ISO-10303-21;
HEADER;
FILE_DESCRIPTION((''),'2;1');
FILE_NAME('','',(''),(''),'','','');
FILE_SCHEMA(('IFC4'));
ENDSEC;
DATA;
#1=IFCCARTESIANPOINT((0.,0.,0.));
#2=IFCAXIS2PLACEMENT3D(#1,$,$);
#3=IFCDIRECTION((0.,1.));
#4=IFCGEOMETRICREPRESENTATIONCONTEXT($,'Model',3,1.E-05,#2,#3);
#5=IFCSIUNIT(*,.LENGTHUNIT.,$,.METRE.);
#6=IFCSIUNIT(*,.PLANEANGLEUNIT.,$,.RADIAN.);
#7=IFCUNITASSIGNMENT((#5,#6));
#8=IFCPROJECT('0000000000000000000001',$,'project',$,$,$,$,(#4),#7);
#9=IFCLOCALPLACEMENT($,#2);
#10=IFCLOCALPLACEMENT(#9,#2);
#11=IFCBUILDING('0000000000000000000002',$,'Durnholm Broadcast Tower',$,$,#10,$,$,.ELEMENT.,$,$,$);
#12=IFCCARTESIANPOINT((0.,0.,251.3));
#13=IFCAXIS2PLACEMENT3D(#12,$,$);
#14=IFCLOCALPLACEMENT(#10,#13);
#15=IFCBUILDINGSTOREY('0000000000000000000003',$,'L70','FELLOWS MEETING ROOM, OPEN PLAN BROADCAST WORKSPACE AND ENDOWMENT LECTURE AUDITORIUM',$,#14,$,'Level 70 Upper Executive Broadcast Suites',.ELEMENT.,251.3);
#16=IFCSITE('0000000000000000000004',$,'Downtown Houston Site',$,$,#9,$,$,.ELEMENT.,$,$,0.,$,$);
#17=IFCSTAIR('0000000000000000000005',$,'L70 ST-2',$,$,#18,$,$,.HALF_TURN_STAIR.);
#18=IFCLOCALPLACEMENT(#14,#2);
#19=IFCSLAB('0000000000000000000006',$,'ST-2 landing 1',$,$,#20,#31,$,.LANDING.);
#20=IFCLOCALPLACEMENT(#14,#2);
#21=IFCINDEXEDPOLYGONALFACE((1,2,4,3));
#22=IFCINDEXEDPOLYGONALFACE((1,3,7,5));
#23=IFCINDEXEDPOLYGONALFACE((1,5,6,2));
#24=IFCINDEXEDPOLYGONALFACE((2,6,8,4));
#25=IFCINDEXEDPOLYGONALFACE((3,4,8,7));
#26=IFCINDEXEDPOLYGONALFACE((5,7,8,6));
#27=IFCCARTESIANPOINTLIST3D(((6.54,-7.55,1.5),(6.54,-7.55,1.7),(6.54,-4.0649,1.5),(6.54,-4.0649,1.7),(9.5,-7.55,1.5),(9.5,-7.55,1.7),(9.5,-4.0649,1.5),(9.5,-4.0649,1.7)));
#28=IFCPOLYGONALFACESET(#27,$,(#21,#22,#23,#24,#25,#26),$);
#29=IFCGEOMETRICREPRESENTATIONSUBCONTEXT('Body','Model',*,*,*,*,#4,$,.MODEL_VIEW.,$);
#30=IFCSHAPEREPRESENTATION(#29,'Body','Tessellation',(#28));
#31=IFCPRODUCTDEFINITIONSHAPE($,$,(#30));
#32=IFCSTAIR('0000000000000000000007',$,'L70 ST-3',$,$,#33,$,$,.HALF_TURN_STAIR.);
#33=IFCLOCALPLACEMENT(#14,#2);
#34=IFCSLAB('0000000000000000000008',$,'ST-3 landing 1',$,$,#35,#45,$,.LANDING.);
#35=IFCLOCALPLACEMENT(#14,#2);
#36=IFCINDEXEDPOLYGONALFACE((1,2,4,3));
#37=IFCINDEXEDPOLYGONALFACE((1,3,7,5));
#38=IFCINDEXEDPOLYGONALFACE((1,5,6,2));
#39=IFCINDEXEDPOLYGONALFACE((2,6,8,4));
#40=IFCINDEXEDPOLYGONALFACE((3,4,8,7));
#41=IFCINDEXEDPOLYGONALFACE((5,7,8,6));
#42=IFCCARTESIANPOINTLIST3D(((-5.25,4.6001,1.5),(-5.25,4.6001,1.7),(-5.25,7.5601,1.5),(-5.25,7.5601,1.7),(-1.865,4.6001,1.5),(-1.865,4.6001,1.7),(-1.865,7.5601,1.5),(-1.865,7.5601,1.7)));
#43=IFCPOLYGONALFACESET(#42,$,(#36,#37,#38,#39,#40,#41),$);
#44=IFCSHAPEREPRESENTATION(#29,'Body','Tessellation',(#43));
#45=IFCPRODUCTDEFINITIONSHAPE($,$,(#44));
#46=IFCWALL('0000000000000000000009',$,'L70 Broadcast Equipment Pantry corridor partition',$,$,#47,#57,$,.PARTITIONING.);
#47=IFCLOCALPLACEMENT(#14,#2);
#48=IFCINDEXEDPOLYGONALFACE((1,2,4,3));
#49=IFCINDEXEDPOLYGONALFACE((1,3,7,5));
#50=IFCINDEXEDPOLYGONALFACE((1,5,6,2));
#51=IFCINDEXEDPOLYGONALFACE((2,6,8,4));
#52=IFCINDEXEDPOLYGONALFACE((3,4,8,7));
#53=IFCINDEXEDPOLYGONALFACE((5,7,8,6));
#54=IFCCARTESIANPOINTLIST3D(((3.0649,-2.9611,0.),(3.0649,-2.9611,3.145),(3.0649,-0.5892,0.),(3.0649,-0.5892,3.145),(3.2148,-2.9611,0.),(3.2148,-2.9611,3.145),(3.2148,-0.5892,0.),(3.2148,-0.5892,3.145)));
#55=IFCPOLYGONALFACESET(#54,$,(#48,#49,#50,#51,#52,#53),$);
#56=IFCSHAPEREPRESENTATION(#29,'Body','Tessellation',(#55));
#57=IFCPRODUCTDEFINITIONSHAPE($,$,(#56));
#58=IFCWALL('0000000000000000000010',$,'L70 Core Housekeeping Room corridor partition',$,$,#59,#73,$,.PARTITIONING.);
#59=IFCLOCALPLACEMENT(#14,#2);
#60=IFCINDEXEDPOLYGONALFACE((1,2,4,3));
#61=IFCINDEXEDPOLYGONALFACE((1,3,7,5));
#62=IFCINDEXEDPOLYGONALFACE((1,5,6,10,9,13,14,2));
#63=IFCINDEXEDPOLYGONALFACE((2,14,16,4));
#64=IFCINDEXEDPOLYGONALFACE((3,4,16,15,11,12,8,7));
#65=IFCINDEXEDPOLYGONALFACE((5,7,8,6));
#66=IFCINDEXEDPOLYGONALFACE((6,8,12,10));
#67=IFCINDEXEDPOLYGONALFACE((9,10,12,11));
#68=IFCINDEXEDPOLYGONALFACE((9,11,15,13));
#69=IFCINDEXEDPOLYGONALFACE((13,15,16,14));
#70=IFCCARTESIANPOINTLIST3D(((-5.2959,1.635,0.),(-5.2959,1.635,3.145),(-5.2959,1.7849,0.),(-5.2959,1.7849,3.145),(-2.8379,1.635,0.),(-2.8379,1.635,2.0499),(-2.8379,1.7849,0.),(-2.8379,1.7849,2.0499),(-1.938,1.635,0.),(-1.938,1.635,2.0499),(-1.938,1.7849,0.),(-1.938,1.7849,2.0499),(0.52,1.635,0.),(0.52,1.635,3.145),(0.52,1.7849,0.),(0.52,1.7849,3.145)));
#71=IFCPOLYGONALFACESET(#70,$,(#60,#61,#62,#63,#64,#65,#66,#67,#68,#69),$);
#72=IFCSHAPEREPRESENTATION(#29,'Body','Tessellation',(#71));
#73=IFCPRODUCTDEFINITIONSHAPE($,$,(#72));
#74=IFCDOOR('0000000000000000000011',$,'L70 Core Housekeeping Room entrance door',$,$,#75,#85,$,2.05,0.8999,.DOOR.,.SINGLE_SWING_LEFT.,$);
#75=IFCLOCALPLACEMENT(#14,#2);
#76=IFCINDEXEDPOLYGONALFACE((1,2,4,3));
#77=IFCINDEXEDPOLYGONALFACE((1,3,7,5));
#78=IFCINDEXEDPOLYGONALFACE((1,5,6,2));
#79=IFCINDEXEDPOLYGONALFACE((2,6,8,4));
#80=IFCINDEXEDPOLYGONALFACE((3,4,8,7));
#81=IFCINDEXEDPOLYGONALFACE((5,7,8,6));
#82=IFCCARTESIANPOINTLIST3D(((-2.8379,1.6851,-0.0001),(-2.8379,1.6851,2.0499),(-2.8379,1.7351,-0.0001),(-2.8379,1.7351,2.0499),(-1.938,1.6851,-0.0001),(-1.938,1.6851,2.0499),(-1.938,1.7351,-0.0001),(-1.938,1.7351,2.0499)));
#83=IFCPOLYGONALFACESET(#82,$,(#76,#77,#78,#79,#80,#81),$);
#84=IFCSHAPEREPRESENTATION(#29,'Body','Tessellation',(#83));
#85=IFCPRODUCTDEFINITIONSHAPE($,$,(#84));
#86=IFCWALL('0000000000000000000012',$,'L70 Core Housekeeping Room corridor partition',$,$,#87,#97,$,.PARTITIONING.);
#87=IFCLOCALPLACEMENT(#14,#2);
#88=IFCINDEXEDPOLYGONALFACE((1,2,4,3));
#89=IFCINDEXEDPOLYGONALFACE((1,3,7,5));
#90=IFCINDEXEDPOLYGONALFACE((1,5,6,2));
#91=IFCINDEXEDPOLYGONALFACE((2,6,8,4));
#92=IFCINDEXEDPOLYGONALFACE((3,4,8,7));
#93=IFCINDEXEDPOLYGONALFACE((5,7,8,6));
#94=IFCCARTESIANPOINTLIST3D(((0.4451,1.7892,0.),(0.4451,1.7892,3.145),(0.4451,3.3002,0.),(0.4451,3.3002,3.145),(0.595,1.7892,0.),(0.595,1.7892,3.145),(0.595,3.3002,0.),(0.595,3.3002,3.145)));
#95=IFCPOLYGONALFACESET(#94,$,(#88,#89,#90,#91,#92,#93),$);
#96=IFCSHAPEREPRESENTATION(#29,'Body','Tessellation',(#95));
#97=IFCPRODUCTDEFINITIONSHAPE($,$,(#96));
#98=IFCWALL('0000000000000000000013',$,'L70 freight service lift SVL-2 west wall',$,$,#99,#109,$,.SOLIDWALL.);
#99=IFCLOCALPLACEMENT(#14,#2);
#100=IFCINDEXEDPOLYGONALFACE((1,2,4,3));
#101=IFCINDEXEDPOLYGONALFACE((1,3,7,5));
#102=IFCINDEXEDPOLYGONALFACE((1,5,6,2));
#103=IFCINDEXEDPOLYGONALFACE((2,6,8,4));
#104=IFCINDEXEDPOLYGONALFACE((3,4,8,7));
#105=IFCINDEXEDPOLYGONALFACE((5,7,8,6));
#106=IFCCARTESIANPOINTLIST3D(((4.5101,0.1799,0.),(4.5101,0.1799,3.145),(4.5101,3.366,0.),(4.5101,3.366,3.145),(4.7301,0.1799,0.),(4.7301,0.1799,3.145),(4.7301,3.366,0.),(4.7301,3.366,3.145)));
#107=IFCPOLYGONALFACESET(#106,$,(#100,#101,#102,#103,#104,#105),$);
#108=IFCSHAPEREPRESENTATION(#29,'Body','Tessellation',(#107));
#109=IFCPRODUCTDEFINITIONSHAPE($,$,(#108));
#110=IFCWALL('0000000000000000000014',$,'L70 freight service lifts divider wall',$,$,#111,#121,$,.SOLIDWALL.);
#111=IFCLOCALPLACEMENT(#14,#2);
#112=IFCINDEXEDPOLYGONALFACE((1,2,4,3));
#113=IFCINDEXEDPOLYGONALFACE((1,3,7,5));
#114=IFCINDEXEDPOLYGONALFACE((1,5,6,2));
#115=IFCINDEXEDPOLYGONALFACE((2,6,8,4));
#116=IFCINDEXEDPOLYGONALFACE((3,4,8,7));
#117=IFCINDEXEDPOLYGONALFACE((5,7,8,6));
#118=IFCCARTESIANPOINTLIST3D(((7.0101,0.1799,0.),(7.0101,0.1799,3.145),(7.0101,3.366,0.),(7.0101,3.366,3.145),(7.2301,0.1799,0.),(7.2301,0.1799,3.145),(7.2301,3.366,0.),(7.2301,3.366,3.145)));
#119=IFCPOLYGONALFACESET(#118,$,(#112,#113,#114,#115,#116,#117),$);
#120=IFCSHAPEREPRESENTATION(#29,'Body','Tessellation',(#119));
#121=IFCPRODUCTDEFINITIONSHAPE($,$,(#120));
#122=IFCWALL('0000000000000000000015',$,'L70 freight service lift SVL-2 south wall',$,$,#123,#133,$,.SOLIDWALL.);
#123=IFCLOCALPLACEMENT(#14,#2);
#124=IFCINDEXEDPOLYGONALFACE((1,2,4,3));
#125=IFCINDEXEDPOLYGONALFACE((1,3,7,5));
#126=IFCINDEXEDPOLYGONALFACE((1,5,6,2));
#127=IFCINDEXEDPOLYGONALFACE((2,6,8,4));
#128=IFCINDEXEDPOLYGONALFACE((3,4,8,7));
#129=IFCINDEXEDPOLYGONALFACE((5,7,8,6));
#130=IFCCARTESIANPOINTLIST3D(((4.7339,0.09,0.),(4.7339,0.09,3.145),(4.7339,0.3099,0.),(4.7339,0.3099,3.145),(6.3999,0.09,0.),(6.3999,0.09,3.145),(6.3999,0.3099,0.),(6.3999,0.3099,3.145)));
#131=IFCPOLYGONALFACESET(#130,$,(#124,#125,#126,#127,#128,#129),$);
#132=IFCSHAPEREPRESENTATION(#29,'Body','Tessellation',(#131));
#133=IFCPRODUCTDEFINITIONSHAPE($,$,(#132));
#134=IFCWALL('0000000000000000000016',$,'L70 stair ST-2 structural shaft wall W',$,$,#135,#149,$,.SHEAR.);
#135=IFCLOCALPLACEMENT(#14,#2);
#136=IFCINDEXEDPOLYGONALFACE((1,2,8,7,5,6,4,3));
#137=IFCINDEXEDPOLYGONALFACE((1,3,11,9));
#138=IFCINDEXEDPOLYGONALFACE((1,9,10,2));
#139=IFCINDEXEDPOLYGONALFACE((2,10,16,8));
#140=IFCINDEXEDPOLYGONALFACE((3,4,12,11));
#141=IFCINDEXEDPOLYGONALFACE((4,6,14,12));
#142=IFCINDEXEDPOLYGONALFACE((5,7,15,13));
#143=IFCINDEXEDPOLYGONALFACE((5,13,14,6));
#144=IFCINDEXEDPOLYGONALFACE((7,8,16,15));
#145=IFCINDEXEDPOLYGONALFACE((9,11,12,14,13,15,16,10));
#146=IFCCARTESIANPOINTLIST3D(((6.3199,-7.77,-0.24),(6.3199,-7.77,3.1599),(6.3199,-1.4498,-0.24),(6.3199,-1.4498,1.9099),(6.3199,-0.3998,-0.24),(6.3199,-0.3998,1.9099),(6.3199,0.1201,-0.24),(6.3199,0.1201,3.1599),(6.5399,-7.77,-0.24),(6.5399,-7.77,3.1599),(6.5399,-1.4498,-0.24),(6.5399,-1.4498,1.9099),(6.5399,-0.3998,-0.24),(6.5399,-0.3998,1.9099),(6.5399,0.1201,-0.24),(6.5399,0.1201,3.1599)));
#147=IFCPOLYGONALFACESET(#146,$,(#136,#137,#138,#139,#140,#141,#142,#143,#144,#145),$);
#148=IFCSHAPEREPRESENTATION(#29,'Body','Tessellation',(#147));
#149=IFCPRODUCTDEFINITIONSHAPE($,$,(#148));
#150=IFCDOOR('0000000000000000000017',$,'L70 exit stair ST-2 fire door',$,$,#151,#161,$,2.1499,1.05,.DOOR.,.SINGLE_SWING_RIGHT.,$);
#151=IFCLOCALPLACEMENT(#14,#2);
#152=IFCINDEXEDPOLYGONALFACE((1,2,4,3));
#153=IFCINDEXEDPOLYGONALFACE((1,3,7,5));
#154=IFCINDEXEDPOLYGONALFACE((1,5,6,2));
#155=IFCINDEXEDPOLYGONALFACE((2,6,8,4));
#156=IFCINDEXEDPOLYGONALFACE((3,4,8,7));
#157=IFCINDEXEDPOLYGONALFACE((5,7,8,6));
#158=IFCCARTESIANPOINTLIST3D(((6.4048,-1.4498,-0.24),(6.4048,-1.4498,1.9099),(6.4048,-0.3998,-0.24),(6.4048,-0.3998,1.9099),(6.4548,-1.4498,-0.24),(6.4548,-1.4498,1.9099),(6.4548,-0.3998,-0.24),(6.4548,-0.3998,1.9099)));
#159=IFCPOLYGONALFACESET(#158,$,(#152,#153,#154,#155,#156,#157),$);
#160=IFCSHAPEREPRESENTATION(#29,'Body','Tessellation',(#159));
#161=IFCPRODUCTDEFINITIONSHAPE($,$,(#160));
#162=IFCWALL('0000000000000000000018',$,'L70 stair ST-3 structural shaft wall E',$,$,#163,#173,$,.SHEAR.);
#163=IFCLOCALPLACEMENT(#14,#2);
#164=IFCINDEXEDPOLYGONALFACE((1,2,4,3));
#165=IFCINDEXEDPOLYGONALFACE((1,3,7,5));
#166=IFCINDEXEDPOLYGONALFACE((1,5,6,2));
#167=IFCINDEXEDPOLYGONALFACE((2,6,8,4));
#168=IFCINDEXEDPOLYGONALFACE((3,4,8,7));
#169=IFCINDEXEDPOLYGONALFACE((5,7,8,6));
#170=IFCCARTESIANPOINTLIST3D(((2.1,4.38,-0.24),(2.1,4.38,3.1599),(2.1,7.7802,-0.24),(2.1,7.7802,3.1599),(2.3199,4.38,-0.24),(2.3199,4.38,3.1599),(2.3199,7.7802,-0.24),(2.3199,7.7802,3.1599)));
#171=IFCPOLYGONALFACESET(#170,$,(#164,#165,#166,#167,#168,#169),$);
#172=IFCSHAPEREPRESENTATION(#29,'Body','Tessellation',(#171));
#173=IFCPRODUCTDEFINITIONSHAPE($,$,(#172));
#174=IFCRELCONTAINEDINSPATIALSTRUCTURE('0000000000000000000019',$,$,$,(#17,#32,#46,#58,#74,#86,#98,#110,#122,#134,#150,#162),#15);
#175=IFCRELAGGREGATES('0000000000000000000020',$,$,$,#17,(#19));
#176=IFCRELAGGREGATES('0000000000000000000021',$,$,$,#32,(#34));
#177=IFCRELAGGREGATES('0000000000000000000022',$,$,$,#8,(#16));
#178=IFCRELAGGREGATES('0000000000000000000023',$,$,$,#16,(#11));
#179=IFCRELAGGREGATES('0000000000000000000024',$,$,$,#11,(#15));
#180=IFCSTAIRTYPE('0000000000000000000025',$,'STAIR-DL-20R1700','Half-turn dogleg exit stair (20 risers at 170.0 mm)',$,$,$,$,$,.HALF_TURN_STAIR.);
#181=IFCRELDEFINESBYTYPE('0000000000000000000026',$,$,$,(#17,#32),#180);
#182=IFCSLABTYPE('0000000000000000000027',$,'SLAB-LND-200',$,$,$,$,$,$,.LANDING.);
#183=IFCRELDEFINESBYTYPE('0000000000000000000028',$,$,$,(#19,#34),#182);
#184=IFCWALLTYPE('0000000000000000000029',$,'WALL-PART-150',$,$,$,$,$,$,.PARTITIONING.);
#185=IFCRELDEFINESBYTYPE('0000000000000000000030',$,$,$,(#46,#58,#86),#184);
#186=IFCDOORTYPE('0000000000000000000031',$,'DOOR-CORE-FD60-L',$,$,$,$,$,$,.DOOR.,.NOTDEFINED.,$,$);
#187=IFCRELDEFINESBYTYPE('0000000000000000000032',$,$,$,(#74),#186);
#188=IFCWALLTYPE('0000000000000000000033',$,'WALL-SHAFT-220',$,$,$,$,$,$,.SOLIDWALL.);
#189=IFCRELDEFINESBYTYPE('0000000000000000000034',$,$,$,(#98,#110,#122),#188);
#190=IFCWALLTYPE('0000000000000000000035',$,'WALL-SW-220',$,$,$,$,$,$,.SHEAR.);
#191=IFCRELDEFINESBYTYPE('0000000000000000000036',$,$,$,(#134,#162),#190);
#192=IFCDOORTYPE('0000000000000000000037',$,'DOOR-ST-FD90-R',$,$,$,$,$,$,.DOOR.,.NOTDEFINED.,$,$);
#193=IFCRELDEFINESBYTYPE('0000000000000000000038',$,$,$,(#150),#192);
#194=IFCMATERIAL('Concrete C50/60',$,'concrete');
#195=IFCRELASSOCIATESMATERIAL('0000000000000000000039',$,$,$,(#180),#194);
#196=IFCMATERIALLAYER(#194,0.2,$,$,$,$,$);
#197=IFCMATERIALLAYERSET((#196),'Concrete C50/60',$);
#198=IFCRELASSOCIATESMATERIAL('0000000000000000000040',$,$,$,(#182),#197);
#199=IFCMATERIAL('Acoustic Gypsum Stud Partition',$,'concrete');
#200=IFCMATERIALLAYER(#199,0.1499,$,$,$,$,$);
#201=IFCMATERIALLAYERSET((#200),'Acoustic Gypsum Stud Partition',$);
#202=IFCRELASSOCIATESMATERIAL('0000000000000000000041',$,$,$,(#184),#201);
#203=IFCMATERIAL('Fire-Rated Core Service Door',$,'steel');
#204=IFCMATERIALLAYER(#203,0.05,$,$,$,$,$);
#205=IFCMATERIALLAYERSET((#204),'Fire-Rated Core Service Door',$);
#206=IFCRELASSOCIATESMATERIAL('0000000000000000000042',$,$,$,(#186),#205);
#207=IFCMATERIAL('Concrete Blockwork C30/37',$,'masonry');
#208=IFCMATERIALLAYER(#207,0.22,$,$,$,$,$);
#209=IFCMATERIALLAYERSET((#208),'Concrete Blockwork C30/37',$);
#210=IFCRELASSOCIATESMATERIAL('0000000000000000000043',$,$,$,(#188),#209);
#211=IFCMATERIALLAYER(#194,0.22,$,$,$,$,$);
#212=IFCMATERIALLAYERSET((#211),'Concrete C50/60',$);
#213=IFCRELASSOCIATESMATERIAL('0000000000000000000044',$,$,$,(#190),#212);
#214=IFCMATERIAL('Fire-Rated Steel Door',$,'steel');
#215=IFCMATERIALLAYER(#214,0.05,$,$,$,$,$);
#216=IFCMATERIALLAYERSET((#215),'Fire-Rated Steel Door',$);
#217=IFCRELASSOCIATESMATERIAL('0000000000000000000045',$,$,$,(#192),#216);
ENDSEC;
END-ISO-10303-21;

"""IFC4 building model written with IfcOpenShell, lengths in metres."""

from ifc_helpers import new_model, si_unit, direction, frame, frame_2d, origin, place, context, subcontext, project, spatial, polyline, rectangle, outline, extrude, source, transform, mapped, material, layer, layer_set, type_object, type_shapes, element, fill, aggregate, save


model = new_model("IFC4")

# Units and contexts
model_context = context("Model", 3, precision=1e-05, world=origin(), true_north=direction((0.0, 1.0)))
body_context = subcontext(model_context, "Body", "Model", "MODEL_VIEW")
ifc_project = project(units=[si_unit("LENGTHUNIT", "METRE"), si_unit("PLANEANGLEUNIT", "RADIAN")], contexts=[model_context])

# Site, building, storey
site_placement = place(None, origin())
site = spatial("IfcSite", under=ifc_project, at=site_placement, Name="Downtown Houston Site", CompositionType="ELEMENT", RefElevation=0.0)
building_placement = place(site_placement, origin())
building = spatial("IfcBuilding", under=site, at=building_placement, Name="Durnholm Broadcast Tower", CompositionType="ELEMENT")
storey_placement = place(building_placement, frame((0.0, 0.0, 251.3)))
storey = spatial("IfcBuildingStorey", under=building, at=storey_placement, Name="L70", Description="FELLOWS MEETING ROOM, OPEN PLAN BROADCAST WORKSPACE AND ENDOWMENT LECTURE AUDITORIUM", LongName="Level 70 Upper Executive Broadcast Suites", CompositionType="ELEMENT", Elevation=251.3)

# Stairs, slabs
ifc_material_1 = material(Name="Concrete C50/60", Category="concrete")
stair_type = type_object("IfcStairType", Name="STAIR-DL-20R1700", Description="Half-turn dogleg exit stair (20 risers at 170.0 mm)", PredefinedType="HALF_TURN_STAIR", material=ifc_material_1)
stair_1_placement = place(storey_placement, origin())
stair_1 = element("IfcStair", 1, at=stair_1_placement, inside=storey, type_object=stair_type, Name="L70 ST-2", PredefinedType="HALF_TURN_STAIR")
ifc_layer_1 = layer(ifc_material_1, 0.2)
ifc_layer_set_1 = layer_set([ifc_layer_1], Name="Concrete C50/60")
slab_type = type_object("IfcSlabType", Name="SLAB-LND-200", PredefinedType="LANDING", material=ifc_layer_set_1)
slab_1_placement = place(storey_placement, frame((0.0, 0.0, 1.5)))
slab_1 = element("IfcSlab", 2, at=slab_1_placement, type_object=slab_type, Name="ST-2 landing 1", PredefinedType="LANDING", context=body_context, shape_type="SweptSolid", body=[
    extrude(outline(polyline([(6.54, -4.0649), (6.54, -7.55), (9.5, -7.55), (9.5, -4.0649), (6.54, -4.0649)])), origin(), (0.0, 0.0, 1.0), 0.2),
])
aggregate(stair_1, [slab_1])
stair_2_placement = place(storey_placement, origin())
stair_2 = element("IfcStair", 3, at=stair_2_placement, inside=storey, type_object=stair_type, Name="L70 ST-3", PredefinedType="HALF_TURN_STAIR")
slab_2_placement = place(storey_placement, frame((0.0, 0.0, 1.5)))
slab_2 = element("IfcSlab", 4, at=slab_2_placement, type_object=slab_type, Name="ST-3 landing 1", PredefinedType="LANDING", context=body_context, shape_type="SweptSolid", body=[
    extrude(outline(polyline([(-1.865, 7.5601), (-5.25, 7.5601), (-5.25, 4.6001), (-1.865, 4.6001), (-1.865, 7.5601)])), origin(), (0.0, 0.0, 1.0), 0.2),
])

# Wall
ifc_material_2 = material(Name="Acoustic Gypsum Stud Partition", Category="concrete")
ifc_layer_2 = layer(ifc_material_2, 0.1499)
ifc_layer_set_2 = layer_set([ifc_layer_2], Name="Acoustic Gypsum Stud Partition")
wall_type_1 = type_object("IfcWallType", Name="WALL-PART-150", PredefinedType="PARTITIONING", material=ifc_layer_set_2)
wall_1_placement = place(storey_placement, frame((3.1399, -0.5891, 0.0), z_axis=(0.0, 0.0, 1.0), x_axis=(0.0, -1.0, 0.0)))
element("IfcWall", 5, at=wall_1_placement, inside=storey, type_object=wall_type_1, Name="L70 Broadcast Equipment Pantry corridor partition", PredefinedType="PARTITIONING", context=body_context, shape_type="SweptSolid", body=[
    extrude(rectangle(XDim=2.3718, YDim=0.1499, at=frame_2d((1.186, 0.0))), origin(), (0.0, 0.0, 1.0), 3.145),
])

# Wall, opening, door
wall_2_placement = place(storey_placement, frame((0.52, 1.71, 0.0), z_axis=(0.0, 0.0, 1.0), x_axis=(-1.0, 0.0, 0.0)))
wall_2 = element("IfcWall", 6, at=wall_2_placement, inside=storey, type_object=wall_type_1, Name="L70 Core Housekeeping Room corridor partition", PredefinedType="PARTITIONING", context=body_context, shape_type="SweptSolid", body=[
    extrude(rectangle(XDim=5.8159, YDim=0.1499, at=frame_2d((2.908, 0.0))), origin(), (0.0, 0.0, 1.0), 3.145),
])
opening_1_placement = place(wall_2_placement, frame((2.458, 0.0, 0.0)))
opening_1 = element("IfcOpeningElement", 7, at=opening_1_placement, cuts=wall_2, PredefinedType="OPENING", context=body_context, shape_type="SweptSolid", body=[
    extrude(rectangle(XDim=0.8999, YDim=2.05, at=frame_2d((0.45, 1.0249))), frame((0.0, 0.085, 0.0), z_axis=(0.0, -1.0, 0.0), x_axis=(1.0, 0.0, 0.0)), (0.0, 0.0, 1.0), 0.1699),
])
ifc_material_3 = material(Name="Fire-Rated Core Service Door", Category="steel")
ifc_layer_3 = layer(ifc_material_3, 0.05)
ifc_layer_set_3 = layer_set([ifc_layer_3], Name="Fire-Rated Core Service Door")
door_type_1 = type_object("IfcDoorType", Name="DOOR-CORE-FD60-L", OperationType="NOTDEFINED", PredefinedType="DOOR", material=ifc_layer_set_3)
shared_shape_1 = source(origin(), body_context, "Body", "SweptSolid", [
    extrude(rectangle(XDim=0.8999, YDim=2.05, at=frame_2d((0.45, 1.0249))), frame((0.0, 0.0249, 0.0), z_axis=(0.0, -1.0, 0.0), x_axis=(1.0, 0.0, 0.0)), (0.0, 0.0, 1.0), 0.05),
])
type_shapes(door_type_1, [shared_shape_1])
door_1_placement = place(opening_1_placement, origin())
door_1 = element("IfcDoor", 8, at=door_1_placement, inside=storey, type_object=door_type_1, Name="L70 Core Housekeeping Room entrance door", OperationType="SINGLE_SWING_LEFT", OverallHeight=2.05, OverallWidth=0.8999, PredefinedType="DOOR", context=body_context, shape_type="MappedRepresentation", body=[
    mapped(shared_shape_1, transform((0.0, 0.0, 0.0), x_axis=(1.0, 0.0, 0.0), y_axis=(0.0, 1.0, 0.0), z_axis=(0.0, 0.0, 1.0), scale=1.0)),
])
fill(opening_1, door_1)

# Wall
wall_3_placement = place(storey_placement, frame((0.52, 3.3, 0.0), z_axis=(0.0, 0.0, 1.0), x_axis=(0.0, -1.0, 0.0)))
element("IfcWall", 9, at=wall_3_placement, inside=storey, type_object=wall_type_1, Name="L70 Core Housekeeping Room corridor partition", PredefinedType="PARTITIONING", context=body_context, shape_type="SweptSolid", body=[
    extrude(rectangle(XDim=1.511, YDim=0.1499, at=frame_2d((0.7554, 0.0))), origin(), (0.0, 0.0, 1.0), 3.145),
])

# Shared definitions
ifc_material_4 = material(Name="Concrete Blockwork C30/37", Category="masonry")
ifc_layer_4 = layer(ifc_material_4, 0.22)
ifc_layer_set_4 = layer_set([ifc_layer_4], Name="Concrete Blockwork C30/37")
wall_type_2 = type_object("IfcWallType", Name="WALL-SHAFT-220", PredefinedType="SOLIDWALL", material=ifc_layer_set_4)

# Walls
for number, where, z_axis, x_axis, name in (
    (10, (4.6201, 0.1799, 0.0), (0.0, 0.0, 1.0), (0.0, 1.0, 0.0), "L70 freight service lift SVL-2 west wall"),
    (11, (7.1201, 0.1799, 0.0), (0.0, 0.0, 1.0), (0.0, 1.0, 0.0), "L70 freight service lifts divider wall"),
):
    element("IfcWall", number, at=place(storey_placement, frame(where, z_axis=z_axis, x_axis=x_axis)), inside=storey, type_object=wall_type_2, Name=name, PredefinedType="SOLIDWALL", context=body_context, shape_type="SweptSolid", body=[
        extrude(rectangle(XDim=3.186, YDim=0.22, at=frame_2d((1.593, 0.0))), origin(), (0.0, 0.0, 1.0), 3.145),
    ])
wall_4_placement = place(storey_placement, frame((4.7339, 0.2, 0.0), z_axis=(0.0, 0.0, 1.0), x_axis=(1.0, 0.0, 0.0)))
element("IfcWall", 12, at=wall_4_placement, inside=storey, type_object=wall_type_2, Name="L70 freight service lift SVL-2 south wall", PredefinedType="SOLIDWALL", context=body_context, shape_type="SweptSolid", body=[
    extrude(rectangle(XDim=1.666, YDim=0.22, at=frame_2d((0.833, 0.0))), origin(), (0.0, 0.0, 1.0), 3.145),
])

# Wall, opening, door
ifc_layer_5 = layer(ifc_material_1, 0.22)
ifc_layer_set_5 = layer_set([ifc_layer_5], Name="Concrete C50/60")
wall_type_3 = type_object("IfcWallType", Name="WALL-SW-220", PredefinedType="SHEAR", material=ifc_layer_set_5)
wall_5_placement = place(storey_placement, frame((6.4299, 0.1201, -0.24), z_axis=(0.0, 0.0, 1.0), x_axis=(0.0, -1.0, 0.0)))
wall_5 = element("IfcWall", 13, at=wall_5_placement, inside=storey, type_object=wall_type_3, Name="L70 stair ST-2 structural shaft wall W", PredefinedType="SHEAR", context=body_context, shape_type="SweptSolid", body=[
    extrude(rectangle(XDim=7.8901, YDim=0.22, at=frame_2d((3.9451, 0.0))), origin(), (0.0, 0.0, 1.0), 3.3999),
])
opening_2_placement = place(wall_5_placement, frame((0.52, 0.0, 0.0)))
opening_2 = element("IfcOpeningElement", 14, at=opening_2_placement, cuts=wall_5, PredefinedType="OPENING", context=body_context, shape_type="SweptSolid", body=[
    extrude(rectangle(XDim=1.05, YDim=2.1499, at=frame_2d((0.5249, 1.075))), frame((0.0, 0.1201, 0.0), z_axis=(0.0, -1.0, 0.0), x_axis=(1.0, 0.0, 0.0)), (0.0, 0.0, 1.0), 0.24),
])
ifc_material_5 = material(Name="Fire-Rated Steel Door", Category="steel")
ifc_layer_6 = layer(ifc_material_5, 0.05)
ifc_layer_set_6 = layer_set([ifc_layer_6], Name="Fire-Rated Steel Door")
door_type_2 = type_object("IfcDoorType", Name="DOOR-ST-FD90-R", OperationType="NOTDEFINED", PredefinedType="DOOR", material=ifc_layer_set_6)
shared_shape_2 = source(origin(), body_context, "Body", "SweptSolid", [
    extrude(rectangle(XDim=1.05, YDim=2.1499, at=frame_2d((0.5249, 1.075))), frame((0.0, 0.0249, 0.0), z_axis=(0.0, -1.0, 0.0), x_axis=(1.0, 0.0, 0.0)), (0.0, 0.0, 1.0), 0.05),
])
type_shapes(door_type_2, [shared_shape_2])
door_2_placement = place(opening_2_placement, origin())
door_2 = element("IfcDoor", 15, at=door_2_placement, inside=storey, type_object=door_type_2, Name="L70 exit stair ST-2 fire door", OperationType="SINGLE_SWING_RIGHT", OverallHeight=2.1499, OverallWidth=1.05, PredefinedType="DOOR", context=body_context, shape_type="MappedRepresentation", body=[
    mapped(shared_shape_2, transform((0.0, 0.0, 0.0), x_axis=(1.0, 0.0, 0.0), y_axis=(0.0, 1.0, 0.0), z_axis=(0.0, 0.0, 1.0), scale=1.0)),
])
fill(opening_2, door_2)

# Wall
wall_6_placement = place(storey_placement, frame((2.21, 4.3799, -0.24), z_axis=(0.0, 0.0, 1.0), x_axis=(0.0, 1.0, 0.0)))
element("IfcWall", 16, at=wall_6_placement, inside=storey, type_object=wall_type_3, Name="L70 stair ST-3 structural shaft wall E", PredefinedType="SHEAR", context=body_context, shape_type="SweptSolid", body=[
    extrude(rectangle(XDim=3.4001, YDim=0.22, at=frame_2d((1.7002, 0.0))), origin(), (0.0, 0.0, 1.0), 3.3999),
])

aggregate(stair_2, [slab_2])

save(model, "model.ifc")
